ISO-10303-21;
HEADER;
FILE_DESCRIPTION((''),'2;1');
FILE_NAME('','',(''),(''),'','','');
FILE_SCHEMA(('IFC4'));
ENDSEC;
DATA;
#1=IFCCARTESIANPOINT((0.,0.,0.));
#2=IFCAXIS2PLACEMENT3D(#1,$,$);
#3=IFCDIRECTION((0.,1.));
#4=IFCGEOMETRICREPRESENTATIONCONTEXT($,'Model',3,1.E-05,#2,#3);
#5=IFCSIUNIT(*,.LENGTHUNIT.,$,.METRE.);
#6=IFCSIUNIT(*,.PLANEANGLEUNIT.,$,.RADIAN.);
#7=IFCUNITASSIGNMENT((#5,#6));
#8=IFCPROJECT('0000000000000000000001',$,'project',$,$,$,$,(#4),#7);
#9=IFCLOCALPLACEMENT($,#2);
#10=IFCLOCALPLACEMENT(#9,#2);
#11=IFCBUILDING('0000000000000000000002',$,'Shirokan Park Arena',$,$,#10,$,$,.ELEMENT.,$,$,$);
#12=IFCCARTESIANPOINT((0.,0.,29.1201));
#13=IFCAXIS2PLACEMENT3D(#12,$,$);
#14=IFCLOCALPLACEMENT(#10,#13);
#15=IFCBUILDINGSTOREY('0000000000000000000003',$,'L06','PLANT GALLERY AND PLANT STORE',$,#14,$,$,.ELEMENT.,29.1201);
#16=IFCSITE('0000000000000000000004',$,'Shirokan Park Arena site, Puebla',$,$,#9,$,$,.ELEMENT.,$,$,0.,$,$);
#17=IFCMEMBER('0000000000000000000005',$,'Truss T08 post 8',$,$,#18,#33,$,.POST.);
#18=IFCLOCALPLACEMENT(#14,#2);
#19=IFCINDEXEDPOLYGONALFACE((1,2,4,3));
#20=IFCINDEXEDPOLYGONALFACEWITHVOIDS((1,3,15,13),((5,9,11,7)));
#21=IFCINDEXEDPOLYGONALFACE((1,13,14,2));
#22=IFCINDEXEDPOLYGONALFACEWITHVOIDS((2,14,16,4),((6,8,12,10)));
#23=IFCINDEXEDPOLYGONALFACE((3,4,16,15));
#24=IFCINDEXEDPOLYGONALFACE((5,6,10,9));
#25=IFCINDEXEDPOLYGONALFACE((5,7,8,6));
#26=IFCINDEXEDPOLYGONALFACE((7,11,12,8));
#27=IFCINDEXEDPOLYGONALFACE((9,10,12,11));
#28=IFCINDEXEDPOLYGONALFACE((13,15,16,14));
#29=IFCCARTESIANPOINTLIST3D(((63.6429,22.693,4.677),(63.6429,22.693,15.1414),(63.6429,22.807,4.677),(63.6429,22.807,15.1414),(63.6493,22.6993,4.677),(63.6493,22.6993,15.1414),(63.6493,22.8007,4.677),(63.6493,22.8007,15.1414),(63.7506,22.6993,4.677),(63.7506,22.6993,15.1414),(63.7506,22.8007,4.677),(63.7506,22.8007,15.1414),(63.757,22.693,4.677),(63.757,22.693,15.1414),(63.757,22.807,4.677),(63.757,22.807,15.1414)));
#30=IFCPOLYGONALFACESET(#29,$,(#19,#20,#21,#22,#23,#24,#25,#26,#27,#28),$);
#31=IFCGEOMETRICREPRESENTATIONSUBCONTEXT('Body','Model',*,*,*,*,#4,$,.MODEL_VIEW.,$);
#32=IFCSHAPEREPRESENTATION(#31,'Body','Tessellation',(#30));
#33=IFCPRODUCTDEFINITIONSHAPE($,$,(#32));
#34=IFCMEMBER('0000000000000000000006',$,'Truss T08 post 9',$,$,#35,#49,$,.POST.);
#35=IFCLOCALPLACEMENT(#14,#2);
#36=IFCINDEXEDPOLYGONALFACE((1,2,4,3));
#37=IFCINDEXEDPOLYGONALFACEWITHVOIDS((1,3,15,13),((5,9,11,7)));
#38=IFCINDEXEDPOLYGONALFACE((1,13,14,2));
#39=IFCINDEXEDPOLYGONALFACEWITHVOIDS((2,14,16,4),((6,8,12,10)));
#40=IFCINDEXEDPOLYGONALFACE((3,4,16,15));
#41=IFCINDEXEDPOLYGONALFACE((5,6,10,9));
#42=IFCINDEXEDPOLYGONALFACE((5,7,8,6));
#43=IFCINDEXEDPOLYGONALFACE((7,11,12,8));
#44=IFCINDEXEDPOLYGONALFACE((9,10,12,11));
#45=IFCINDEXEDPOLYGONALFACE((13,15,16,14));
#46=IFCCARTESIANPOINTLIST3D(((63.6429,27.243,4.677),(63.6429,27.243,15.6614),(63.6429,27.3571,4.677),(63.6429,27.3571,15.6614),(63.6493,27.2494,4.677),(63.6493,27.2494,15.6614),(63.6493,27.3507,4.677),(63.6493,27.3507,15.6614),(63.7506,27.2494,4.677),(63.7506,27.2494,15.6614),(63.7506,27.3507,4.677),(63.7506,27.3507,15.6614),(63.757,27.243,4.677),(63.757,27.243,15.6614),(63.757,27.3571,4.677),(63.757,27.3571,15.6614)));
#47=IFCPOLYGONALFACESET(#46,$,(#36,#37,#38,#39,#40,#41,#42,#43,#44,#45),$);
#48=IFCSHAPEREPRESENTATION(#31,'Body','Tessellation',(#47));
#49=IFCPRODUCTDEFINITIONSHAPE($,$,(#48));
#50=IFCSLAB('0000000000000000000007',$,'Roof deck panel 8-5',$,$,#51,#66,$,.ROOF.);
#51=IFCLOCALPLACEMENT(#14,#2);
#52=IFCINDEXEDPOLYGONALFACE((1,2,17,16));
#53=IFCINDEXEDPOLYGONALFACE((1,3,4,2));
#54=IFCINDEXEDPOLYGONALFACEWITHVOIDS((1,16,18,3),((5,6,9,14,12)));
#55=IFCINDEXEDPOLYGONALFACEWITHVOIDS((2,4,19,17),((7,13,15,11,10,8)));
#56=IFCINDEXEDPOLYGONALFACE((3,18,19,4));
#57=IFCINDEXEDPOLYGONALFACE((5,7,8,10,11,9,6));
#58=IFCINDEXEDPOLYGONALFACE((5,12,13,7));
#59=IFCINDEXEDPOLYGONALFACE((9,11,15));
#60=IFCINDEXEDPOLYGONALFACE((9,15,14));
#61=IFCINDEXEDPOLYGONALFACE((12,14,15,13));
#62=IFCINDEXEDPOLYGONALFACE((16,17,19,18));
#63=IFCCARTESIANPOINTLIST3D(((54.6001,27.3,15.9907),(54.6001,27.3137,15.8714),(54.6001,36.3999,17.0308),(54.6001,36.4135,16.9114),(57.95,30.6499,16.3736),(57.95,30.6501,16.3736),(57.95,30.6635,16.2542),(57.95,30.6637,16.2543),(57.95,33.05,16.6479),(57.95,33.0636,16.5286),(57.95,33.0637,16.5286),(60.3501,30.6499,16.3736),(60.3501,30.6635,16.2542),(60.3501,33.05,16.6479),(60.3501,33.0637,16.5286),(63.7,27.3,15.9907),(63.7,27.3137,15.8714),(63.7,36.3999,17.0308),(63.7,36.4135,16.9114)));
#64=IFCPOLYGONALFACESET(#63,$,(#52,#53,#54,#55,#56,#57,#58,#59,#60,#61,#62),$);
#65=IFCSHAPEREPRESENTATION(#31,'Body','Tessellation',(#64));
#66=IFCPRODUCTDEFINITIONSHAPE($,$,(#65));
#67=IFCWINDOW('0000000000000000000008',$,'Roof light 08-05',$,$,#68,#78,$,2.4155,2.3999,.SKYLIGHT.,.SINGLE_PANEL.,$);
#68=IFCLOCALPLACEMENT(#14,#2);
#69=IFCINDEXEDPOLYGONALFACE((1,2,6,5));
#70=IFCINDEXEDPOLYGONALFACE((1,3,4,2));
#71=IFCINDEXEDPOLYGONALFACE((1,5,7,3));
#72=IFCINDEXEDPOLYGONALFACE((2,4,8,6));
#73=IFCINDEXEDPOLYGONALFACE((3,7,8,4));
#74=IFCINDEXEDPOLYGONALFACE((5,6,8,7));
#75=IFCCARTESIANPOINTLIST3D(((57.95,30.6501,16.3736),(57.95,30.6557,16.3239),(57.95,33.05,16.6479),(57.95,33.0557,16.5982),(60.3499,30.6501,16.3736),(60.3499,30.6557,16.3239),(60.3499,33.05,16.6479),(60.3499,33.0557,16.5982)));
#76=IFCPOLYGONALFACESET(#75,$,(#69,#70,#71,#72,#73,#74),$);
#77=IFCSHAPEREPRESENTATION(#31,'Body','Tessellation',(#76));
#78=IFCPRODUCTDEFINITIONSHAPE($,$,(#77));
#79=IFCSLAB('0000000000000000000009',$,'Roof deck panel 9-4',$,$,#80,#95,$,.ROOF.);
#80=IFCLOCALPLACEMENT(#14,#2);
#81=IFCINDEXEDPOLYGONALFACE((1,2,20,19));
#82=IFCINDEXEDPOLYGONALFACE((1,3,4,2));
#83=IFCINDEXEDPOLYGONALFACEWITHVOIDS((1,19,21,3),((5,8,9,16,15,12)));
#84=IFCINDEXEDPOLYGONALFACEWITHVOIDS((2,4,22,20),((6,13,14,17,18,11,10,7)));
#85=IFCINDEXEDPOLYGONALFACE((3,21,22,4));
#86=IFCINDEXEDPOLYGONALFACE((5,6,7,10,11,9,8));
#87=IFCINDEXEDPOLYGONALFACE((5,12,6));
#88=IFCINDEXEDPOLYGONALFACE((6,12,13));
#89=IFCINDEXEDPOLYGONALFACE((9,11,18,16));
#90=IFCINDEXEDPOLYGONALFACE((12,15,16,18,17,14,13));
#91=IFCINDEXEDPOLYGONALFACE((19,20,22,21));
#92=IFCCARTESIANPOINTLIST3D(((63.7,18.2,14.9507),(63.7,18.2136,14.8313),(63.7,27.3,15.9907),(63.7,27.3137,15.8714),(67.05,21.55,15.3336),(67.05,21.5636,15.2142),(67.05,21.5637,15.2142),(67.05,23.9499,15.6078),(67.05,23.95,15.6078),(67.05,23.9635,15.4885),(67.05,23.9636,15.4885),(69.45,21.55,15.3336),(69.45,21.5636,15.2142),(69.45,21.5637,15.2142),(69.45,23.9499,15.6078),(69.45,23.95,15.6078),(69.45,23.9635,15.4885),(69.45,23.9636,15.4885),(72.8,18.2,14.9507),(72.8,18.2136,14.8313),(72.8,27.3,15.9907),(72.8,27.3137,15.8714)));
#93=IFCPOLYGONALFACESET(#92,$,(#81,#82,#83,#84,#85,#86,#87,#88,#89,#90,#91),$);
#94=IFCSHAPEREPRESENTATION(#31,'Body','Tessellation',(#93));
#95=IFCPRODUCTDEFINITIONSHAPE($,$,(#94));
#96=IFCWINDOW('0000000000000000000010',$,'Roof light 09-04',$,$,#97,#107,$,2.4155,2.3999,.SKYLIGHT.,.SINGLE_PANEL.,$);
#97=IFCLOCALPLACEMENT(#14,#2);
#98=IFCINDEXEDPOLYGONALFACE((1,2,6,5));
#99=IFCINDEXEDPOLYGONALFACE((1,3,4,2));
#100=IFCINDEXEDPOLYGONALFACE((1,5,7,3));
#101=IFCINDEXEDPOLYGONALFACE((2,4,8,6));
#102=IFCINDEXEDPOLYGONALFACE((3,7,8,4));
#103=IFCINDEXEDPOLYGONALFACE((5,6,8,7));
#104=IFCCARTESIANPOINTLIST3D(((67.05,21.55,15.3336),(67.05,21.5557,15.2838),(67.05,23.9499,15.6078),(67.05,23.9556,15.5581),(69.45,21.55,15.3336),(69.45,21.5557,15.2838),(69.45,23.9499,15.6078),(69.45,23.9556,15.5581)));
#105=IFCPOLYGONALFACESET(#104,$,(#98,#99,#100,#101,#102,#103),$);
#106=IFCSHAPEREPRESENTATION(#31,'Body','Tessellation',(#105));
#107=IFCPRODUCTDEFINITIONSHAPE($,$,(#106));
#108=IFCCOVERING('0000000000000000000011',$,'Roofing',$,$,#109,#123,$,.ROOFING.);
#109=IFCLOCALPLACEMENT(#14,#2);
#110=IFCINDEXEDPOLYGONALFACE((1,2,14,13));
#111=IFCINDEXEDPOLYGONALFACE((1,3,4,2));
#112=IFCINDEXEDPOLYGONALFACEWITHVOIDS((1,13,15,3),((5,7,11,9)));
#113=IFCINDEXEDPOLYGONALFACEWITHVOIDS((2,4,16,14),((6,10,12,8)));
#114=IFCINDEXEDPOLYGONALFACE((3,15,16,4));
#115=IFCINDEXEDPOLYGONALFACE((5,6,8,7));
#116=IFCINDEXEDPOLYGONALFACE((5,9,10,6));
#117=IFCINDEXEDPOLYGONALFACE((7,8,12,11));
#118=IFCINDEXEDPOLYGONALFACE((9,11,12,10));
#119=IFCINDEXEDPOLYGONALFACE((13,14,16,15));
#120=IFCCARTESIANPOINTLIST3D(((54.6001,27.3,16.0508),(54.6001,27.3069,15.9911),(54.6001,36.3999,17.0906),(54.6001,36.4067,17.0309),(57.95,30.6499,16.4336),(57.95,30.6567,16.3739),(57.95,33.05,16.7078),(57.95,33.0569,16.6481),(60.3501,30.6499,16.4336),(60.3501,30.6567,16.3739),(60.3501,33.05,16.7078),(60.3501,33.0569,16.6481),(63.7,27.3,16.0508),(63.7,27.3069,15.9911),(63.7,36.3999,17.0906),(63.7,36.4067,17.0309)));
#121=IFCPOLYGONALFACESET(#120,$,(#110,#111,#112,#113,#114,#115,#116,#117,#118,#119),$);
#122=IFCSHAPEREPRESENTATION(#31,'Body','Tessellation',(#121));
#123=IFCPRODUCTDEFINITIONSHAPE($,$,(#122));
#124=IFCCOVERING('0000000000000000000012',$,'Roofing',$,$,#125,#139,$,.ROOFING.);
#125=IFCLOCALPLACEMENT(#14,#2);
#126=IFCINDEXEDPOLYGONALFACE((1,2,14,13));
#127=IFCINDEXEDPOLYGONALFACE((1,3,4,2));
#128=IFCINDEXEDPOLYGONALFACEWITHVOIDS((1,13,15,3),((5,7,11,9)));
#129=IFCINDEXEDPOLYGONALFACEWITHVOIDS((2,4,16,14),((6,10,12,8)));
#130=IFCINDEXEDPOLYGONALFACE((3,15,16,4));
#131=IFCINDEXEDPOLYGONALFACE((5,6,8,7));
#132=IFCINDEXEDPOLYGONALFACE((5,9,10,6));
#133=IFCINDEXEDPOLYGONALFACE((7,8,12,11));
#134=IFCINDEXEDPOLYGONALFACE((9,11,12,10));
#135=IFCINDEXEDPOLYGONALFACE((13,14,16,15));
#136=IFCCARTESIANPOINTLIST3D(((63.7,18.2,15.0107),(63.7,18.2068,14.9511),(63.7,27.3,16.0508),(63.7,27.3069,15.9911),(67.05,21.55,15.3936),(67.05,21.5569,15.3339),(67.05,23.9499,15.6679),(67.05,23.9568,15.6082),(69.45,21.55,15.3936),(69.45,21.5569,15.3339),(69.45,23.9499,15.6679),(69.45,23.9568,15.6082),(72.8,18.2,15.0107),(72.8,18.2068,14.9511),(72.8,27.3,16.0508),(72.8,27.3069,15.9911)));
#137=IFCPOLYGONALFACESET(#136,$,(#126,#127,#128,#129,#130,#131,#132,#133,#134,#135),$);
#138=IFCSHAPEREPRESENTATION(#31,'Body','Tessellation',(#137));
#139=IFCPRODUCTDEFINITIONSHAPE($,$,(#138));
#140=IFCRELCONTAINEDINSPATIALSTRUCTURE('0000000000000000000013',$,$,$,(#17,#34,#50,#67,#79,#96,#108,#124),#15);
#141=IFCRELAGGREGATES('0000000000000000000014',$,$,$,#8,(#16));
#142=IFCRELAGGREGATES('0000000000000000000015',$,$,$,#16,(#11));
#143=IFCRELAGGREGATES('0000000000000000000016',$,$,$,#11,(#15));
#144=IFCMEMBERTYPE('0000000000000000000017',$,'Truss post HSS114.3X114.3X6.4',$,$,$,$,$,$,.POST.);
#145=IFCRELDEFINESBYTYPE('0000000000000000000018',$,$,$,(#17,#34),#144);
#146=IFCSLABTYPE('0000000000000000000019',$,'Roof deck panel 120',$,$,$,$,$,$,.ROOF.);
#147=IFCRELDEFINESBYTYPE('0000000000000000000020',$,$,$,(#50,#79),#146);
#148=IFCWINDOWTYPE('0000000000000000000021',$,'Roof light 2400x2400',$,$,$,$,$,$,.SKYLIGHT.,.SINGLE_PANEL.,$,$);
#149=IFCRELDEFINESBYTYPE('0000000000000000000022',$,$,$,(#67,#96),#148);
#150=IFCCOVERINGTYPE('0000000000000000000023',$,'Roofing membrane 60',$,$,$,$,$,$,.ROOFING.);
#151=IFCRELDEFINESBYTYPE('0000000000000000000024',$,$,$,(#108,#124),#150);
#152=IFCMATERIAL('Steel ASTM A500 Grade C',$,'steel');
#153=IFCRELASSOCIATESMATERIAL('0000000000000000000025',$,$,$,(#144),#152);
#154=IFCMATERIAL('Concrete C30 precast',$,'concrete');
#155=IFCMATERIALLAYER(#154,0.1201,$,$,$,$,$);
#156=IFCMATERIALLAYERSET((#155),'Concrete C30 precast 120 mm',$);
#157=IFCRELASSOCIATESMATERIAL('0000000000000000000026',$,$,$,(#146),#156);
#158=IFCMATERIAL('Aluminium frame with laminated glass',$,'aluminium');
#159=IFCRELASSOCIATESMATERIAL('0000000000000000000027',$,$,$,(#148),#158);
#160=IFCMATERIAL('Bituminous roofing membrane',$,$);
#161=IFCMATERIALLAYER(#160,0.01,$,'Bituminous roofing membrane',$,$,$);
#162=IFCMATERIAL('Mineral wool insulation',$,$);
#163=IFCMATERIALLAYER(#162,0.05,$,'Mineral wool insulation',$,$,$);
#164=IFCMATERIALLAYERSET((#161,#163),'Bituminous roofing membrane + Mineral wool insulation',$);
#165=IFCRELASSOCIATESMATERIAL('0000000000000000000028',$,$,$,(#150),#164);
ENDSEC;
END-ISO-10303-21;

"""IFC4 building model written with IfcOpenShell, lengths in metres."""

from ifc_helpers import new_model, si_unit, direction, frame, origin, origin_2d, place, context, subcontext, project, spatial, polyline, rectangle, hollow_rectangle, outline, extrude, material, layer, layer_set, material_profile, profile_set, type_object, element, fill, save


model = new_model("IFC4")

# Units and contexts
model_context = context("Model", 3, precision=1e-05, world=origin(), true_north=direction((0.0, 1.0)))
body_context = subcontext(model_context, "Body", "Model", "MODEL_VIEW")
ifc_project = project(units=[si_unit("LENGTHUNIT", "METRE"), si_unit("PLANEANGLEUNIT", "RADIAN")], contexts=[model_context])

# Site, building, storey
site_placement = place(None, origin())
site = spatial("IfcSite", under=ifc_project, at=site_placement, Name="Shirokan Park Arena site, Puebla", CompositionType="ELEMENT", RefElevation=0.0)
building_placement = place(site_placement, origin())
building = spatial("IfcBuilding", under=site, at=building_placement, Name="Shirokan Park Arena", CompositionType="ELEMENT")
storey_placement = place(building_placement, frame((0.0, 0.0, 29.1201)))
storey = spatial("IfcBuildingStorey", under=building, at=storey_placement, Name="L06", Description="PLANT GALLERY AND PLANT STORE", CompositionType="ELEMENT", Elevation=29.1201)

# Members
ifc_material_1 = material(Name="Steel ASTM A500 Grade C", Category="steel")
ifc_material_profile_1 = material_profile(ifc_material_1, hollow_rectangle(XDim=0.114, YDim=0.114, WallThickness=0.0063, at=origin_2d()), Name="HSS114.3X114.3X6.4")
ifc_profile_set_1 = profile_set([ifc_material_profile_1], Name="Steel ASTM A500 Grade C")
member_type_1 = type_object("IfcMemberType", Name="Truss post HSS114.3X114.3X6.4", PredefinedType="POST", material=ifc_profile_set_1)
member_1_placement = place(storey_placement, frame((63.7, 22.75, 4.677), z_axis=(0.0, 0.0, 1.0), x_axis=(1.0, 0.0, 0.0)))
element("IfcMember", 1, at=member_1_placement, inside=storey, type_object=member_type_1, Name="Truss T08 post 8", PredefinedType="POST", context=body_context, shape_type="SweptSolid", body=[
    extrude(hollow_rectangle(XDim=0.114, YDim=0.114, WallThickness=0.0063, at=origin_2d()), origin(), (0.0, 0.0, 1.0), 10.4644),
])
member_2_placement = place(storey_placement, frame((63.7, 27.3, 4.677), z_axis=(0.0, 0.0, 1.0), x_axis=(1.0, 0.0, 0.0)))
element("IfcMember", 2, at=member_2_placement, inside=storey, type_object=member_type_1, Name="Truss T08 post 9", PredefinedType="POST", context=body_context, shape_type="SweptSolid", body=[
    extrude(hollow_rectangle(XDim=0.114, YDim=0.114, WallThickness=0.0063, at=origin_2d()), origin(), (0.0, 0.0, 1.0), 10.9844),
])

# Slabs, openings, windows
ifc_material_2 = material(Name="Concrete C30 precast", Category="concrete")
ifc_layer_1 = layer(ifc_material_2, 0.1201)
ifc_layer_set_1 = layer_set([ifc_layer_1], Name="Concrete C30 precast 120 mm")
slab_type = type_object("IfcSlabType", Name="Roof deck panel 120", PredefinedType="ROOF", material=ifc_layer_set_1)
slab_1_placement = place(storey_placement, frame((54.6001, 27.3, 15.9907), z_axis=(0.0, -0.113553, 0.993532), x_axis=(1.0, 0.0, 0.0)))
slab_1 = element("IfcSlab", 3, at=slab_1_placement, inside=storey, type_object=slab_type, Name="Roof deck panel 8-5", PredefinedType="ROOF", context=body_context, shape_type="SweptSolid", body=[
    extrude(outline(polyline([(0.0, 0.0), (9.0999, 0.0), (9.0999, 9.1591), (0.0, 9.1591), (0.0, 0.0)]), holes=[polyline([(3.3499, 3.3717), (5.75, 3.3717), (5.75, 5.7874), (3.3499, 5.7874), (3.3499, 3.3717)])]), origin(), (0.0, 0.0, -1.0), 0.1201),
])
opening_1_placement = place(slab_1_placement, frame((4.5498, 4.5796, 0.01)))
opening_1 = element("IfcOpeningElement", 4, at=opening_1_placement, cuts=slab_1, PredefinedType="OPENING", context=body_context, shape_type="SweptSolid", body=[
    extrude(rectangle(XDim=2.3999, YDim=2.4155, at=origin_2d()), origin(), (0.0, 0.0, -1.0), 0.1399),
])
ifc_material_3 = material(Name="Aluminium frame with laminated glass", Category="aluminium")
window_type = type_object("IfcWindowType", Name="Roof light 2400x2400", PartitioningType="SINGLE_PANEL", PredefinedType="SKYLIGHT", material=ifc_material_3)
window_1_placement = place(opening_1_placement, frame((0.0, 0.0, -0.0601)))
window_1 = element("IfcWindow", 5, at=window_1_placement, inside=storey, type_object=window_type, Name="Roof light 08-05", OverallHeight=2.4155, OverallWidth=2.3999, PartitioningType="SINGLE_PANEL", PredefinedType="SKYLIGHT", context=body_context, shape_type="SweptSolid", body=[
    extrude(rectangle(XDim=2.3999, YDim=2.4155, at=origin_2d()), origin(), (0.0, 0.0, 1.0), 0.05),
])
fill(opening_1, window_1)
slab_2_placement = place(storey_placement, frame((63.7, 18.2, 14.9507), z_axis=(0.0, -0.11355, 0.993532), x_axis=(1.0, 0.0, 0.0)))
slab_2 = element("IfcSlab", 6, at=slab_2_placement, inside=storey, type_object=slab_type, Name="Roof deck panel 9-4", PredefinedType="ROOF", context=body_context, shape_type="SweptSolid", body=[
    extrude(outline(polyline([(0.0, 0.0), (9.1001, 0.0), (9.1001, 9.1593), (0.0, 9.1593), (0.0, 0.0)]), holes=[polyline([(3.3501, 3.3719), (5.75, 3.3719), (5.75, 5.7874), (3.3501, 5.7874), (3.3501, 3.3719)])]), origin(), (0.0, 0.0, -1.0), 0.1201),
])
opening_2_placement = place(slab_2_placement, frame((4.55, 4.5796, 0.01)))
opening_2 = element("IfcOpeningElement", 7, at=opening_2_placement, cuts=slab_2, PredefinedType="OPENING", context=body_context, shape_type="SweptSolid", body=[
    extrude(rectangle(XDim=2.3999, YDim=2.4155, at=origin_2d()), origin(), (0.0, 0.0, -1.0), 0.1399),
])
window_2_placement = place(opening_2_placement, frame((0.0, 0.0, -0.0601)))
window_2 = element("IfcWindow", 8, at=window_2_placement, inside=storey, type_object=window_type, Name="Roof light 09-04", OverallHeight=2.4155, OverallWidth=2.3999, PartitioningType="SINGLE_PANEL", PredefinedType="SKYLIGHT", context=body_context, shape_type="SweptSolid", body=[
    extrude(rectangle(XDim=2.3999, YDim=2.4155, at=origin_2d()), origin(), (0.0, 0.0, 1.0), 0.05),
])
fill(opening_2, window_2)

# Coverings
ifc_material_4 = material(Name="Bituminous roofing membrane")
ifc_layer_2 = layer(ifc_material_4, 0.01, Name="Bituminous roofing membrane")
ifc_material_5 = material(Name="Mineral wool insulation")
ifc_layer_3 = layer(ifc_material_5, 0.05, Name="Mineral wool insulation")
ifc_layer_set_2 = layer_set([ifc_layer_2, ifc_layer_3], Name="Bituminous roofing membrane + Mineral wool insulation")
covering_type = type_object("IfcCoveringType", Name="Roofing membrane 60", PredefinedType="ROOFING", material=ifc_layer_set_2)
covering_1_placement = place(storey_placement, frame((54.6001, 27.3, 16.0508), z_axis=(0.0, -0.113526, 0.993535), x_axis=(1.0, 0.0, 0.0)))
element("IfcCovering", 9, at=covering_1_placement, inside=storey, type_object=covering_type, Name="Roofing", PredefinedType="ROOFING", context=body_context, shape_type="SweptSolid", body=[
    extrude(outline(polyline([(0.0, 0.0), (9.0999, 0.0), (9.0999, 9.1591), (0.0, 9.1591), (0.0, 0.0)]), holes=[polyline([(5.75, 3.3717), (5.75, 5.7874), (3.3499, 5.7874), (3.3499, 3.3717), (5.75, 3.3717)])]), origin(), (0.0, 0.0, -1.0), 0.0601),
])
covering_2_placement = place(storey_placement, frame((63.7, 18.2, 15.0107), z_axis=(0.0, -0.11355, 0.993532), x_axis=(1.0, 0.0, 0.0)))
element("IfcCovering", 10, at=covering_2_placement, inside=storey, type_object=covering_type, Name="Roofing", PredefinedType="ROOFING", context=body_context, shape_type="SweptSolid", body=[
    extrude(outline(polyline([(0.0, 0.0), (9.1001, 0.0), (9.1001, 9.1593), (0.0, 9.1593), (0.0, 0.0)]), holes=[polyline([(5.75, 3.3719), (5.75, 5.7874), (3.3501, 5.7874), (3.3501, 3.3719), (5.75, 3.3719)])]), origin(), (0.0, 0.0, -1.0), 0.0601),
])

save(model, "model.ifc")
